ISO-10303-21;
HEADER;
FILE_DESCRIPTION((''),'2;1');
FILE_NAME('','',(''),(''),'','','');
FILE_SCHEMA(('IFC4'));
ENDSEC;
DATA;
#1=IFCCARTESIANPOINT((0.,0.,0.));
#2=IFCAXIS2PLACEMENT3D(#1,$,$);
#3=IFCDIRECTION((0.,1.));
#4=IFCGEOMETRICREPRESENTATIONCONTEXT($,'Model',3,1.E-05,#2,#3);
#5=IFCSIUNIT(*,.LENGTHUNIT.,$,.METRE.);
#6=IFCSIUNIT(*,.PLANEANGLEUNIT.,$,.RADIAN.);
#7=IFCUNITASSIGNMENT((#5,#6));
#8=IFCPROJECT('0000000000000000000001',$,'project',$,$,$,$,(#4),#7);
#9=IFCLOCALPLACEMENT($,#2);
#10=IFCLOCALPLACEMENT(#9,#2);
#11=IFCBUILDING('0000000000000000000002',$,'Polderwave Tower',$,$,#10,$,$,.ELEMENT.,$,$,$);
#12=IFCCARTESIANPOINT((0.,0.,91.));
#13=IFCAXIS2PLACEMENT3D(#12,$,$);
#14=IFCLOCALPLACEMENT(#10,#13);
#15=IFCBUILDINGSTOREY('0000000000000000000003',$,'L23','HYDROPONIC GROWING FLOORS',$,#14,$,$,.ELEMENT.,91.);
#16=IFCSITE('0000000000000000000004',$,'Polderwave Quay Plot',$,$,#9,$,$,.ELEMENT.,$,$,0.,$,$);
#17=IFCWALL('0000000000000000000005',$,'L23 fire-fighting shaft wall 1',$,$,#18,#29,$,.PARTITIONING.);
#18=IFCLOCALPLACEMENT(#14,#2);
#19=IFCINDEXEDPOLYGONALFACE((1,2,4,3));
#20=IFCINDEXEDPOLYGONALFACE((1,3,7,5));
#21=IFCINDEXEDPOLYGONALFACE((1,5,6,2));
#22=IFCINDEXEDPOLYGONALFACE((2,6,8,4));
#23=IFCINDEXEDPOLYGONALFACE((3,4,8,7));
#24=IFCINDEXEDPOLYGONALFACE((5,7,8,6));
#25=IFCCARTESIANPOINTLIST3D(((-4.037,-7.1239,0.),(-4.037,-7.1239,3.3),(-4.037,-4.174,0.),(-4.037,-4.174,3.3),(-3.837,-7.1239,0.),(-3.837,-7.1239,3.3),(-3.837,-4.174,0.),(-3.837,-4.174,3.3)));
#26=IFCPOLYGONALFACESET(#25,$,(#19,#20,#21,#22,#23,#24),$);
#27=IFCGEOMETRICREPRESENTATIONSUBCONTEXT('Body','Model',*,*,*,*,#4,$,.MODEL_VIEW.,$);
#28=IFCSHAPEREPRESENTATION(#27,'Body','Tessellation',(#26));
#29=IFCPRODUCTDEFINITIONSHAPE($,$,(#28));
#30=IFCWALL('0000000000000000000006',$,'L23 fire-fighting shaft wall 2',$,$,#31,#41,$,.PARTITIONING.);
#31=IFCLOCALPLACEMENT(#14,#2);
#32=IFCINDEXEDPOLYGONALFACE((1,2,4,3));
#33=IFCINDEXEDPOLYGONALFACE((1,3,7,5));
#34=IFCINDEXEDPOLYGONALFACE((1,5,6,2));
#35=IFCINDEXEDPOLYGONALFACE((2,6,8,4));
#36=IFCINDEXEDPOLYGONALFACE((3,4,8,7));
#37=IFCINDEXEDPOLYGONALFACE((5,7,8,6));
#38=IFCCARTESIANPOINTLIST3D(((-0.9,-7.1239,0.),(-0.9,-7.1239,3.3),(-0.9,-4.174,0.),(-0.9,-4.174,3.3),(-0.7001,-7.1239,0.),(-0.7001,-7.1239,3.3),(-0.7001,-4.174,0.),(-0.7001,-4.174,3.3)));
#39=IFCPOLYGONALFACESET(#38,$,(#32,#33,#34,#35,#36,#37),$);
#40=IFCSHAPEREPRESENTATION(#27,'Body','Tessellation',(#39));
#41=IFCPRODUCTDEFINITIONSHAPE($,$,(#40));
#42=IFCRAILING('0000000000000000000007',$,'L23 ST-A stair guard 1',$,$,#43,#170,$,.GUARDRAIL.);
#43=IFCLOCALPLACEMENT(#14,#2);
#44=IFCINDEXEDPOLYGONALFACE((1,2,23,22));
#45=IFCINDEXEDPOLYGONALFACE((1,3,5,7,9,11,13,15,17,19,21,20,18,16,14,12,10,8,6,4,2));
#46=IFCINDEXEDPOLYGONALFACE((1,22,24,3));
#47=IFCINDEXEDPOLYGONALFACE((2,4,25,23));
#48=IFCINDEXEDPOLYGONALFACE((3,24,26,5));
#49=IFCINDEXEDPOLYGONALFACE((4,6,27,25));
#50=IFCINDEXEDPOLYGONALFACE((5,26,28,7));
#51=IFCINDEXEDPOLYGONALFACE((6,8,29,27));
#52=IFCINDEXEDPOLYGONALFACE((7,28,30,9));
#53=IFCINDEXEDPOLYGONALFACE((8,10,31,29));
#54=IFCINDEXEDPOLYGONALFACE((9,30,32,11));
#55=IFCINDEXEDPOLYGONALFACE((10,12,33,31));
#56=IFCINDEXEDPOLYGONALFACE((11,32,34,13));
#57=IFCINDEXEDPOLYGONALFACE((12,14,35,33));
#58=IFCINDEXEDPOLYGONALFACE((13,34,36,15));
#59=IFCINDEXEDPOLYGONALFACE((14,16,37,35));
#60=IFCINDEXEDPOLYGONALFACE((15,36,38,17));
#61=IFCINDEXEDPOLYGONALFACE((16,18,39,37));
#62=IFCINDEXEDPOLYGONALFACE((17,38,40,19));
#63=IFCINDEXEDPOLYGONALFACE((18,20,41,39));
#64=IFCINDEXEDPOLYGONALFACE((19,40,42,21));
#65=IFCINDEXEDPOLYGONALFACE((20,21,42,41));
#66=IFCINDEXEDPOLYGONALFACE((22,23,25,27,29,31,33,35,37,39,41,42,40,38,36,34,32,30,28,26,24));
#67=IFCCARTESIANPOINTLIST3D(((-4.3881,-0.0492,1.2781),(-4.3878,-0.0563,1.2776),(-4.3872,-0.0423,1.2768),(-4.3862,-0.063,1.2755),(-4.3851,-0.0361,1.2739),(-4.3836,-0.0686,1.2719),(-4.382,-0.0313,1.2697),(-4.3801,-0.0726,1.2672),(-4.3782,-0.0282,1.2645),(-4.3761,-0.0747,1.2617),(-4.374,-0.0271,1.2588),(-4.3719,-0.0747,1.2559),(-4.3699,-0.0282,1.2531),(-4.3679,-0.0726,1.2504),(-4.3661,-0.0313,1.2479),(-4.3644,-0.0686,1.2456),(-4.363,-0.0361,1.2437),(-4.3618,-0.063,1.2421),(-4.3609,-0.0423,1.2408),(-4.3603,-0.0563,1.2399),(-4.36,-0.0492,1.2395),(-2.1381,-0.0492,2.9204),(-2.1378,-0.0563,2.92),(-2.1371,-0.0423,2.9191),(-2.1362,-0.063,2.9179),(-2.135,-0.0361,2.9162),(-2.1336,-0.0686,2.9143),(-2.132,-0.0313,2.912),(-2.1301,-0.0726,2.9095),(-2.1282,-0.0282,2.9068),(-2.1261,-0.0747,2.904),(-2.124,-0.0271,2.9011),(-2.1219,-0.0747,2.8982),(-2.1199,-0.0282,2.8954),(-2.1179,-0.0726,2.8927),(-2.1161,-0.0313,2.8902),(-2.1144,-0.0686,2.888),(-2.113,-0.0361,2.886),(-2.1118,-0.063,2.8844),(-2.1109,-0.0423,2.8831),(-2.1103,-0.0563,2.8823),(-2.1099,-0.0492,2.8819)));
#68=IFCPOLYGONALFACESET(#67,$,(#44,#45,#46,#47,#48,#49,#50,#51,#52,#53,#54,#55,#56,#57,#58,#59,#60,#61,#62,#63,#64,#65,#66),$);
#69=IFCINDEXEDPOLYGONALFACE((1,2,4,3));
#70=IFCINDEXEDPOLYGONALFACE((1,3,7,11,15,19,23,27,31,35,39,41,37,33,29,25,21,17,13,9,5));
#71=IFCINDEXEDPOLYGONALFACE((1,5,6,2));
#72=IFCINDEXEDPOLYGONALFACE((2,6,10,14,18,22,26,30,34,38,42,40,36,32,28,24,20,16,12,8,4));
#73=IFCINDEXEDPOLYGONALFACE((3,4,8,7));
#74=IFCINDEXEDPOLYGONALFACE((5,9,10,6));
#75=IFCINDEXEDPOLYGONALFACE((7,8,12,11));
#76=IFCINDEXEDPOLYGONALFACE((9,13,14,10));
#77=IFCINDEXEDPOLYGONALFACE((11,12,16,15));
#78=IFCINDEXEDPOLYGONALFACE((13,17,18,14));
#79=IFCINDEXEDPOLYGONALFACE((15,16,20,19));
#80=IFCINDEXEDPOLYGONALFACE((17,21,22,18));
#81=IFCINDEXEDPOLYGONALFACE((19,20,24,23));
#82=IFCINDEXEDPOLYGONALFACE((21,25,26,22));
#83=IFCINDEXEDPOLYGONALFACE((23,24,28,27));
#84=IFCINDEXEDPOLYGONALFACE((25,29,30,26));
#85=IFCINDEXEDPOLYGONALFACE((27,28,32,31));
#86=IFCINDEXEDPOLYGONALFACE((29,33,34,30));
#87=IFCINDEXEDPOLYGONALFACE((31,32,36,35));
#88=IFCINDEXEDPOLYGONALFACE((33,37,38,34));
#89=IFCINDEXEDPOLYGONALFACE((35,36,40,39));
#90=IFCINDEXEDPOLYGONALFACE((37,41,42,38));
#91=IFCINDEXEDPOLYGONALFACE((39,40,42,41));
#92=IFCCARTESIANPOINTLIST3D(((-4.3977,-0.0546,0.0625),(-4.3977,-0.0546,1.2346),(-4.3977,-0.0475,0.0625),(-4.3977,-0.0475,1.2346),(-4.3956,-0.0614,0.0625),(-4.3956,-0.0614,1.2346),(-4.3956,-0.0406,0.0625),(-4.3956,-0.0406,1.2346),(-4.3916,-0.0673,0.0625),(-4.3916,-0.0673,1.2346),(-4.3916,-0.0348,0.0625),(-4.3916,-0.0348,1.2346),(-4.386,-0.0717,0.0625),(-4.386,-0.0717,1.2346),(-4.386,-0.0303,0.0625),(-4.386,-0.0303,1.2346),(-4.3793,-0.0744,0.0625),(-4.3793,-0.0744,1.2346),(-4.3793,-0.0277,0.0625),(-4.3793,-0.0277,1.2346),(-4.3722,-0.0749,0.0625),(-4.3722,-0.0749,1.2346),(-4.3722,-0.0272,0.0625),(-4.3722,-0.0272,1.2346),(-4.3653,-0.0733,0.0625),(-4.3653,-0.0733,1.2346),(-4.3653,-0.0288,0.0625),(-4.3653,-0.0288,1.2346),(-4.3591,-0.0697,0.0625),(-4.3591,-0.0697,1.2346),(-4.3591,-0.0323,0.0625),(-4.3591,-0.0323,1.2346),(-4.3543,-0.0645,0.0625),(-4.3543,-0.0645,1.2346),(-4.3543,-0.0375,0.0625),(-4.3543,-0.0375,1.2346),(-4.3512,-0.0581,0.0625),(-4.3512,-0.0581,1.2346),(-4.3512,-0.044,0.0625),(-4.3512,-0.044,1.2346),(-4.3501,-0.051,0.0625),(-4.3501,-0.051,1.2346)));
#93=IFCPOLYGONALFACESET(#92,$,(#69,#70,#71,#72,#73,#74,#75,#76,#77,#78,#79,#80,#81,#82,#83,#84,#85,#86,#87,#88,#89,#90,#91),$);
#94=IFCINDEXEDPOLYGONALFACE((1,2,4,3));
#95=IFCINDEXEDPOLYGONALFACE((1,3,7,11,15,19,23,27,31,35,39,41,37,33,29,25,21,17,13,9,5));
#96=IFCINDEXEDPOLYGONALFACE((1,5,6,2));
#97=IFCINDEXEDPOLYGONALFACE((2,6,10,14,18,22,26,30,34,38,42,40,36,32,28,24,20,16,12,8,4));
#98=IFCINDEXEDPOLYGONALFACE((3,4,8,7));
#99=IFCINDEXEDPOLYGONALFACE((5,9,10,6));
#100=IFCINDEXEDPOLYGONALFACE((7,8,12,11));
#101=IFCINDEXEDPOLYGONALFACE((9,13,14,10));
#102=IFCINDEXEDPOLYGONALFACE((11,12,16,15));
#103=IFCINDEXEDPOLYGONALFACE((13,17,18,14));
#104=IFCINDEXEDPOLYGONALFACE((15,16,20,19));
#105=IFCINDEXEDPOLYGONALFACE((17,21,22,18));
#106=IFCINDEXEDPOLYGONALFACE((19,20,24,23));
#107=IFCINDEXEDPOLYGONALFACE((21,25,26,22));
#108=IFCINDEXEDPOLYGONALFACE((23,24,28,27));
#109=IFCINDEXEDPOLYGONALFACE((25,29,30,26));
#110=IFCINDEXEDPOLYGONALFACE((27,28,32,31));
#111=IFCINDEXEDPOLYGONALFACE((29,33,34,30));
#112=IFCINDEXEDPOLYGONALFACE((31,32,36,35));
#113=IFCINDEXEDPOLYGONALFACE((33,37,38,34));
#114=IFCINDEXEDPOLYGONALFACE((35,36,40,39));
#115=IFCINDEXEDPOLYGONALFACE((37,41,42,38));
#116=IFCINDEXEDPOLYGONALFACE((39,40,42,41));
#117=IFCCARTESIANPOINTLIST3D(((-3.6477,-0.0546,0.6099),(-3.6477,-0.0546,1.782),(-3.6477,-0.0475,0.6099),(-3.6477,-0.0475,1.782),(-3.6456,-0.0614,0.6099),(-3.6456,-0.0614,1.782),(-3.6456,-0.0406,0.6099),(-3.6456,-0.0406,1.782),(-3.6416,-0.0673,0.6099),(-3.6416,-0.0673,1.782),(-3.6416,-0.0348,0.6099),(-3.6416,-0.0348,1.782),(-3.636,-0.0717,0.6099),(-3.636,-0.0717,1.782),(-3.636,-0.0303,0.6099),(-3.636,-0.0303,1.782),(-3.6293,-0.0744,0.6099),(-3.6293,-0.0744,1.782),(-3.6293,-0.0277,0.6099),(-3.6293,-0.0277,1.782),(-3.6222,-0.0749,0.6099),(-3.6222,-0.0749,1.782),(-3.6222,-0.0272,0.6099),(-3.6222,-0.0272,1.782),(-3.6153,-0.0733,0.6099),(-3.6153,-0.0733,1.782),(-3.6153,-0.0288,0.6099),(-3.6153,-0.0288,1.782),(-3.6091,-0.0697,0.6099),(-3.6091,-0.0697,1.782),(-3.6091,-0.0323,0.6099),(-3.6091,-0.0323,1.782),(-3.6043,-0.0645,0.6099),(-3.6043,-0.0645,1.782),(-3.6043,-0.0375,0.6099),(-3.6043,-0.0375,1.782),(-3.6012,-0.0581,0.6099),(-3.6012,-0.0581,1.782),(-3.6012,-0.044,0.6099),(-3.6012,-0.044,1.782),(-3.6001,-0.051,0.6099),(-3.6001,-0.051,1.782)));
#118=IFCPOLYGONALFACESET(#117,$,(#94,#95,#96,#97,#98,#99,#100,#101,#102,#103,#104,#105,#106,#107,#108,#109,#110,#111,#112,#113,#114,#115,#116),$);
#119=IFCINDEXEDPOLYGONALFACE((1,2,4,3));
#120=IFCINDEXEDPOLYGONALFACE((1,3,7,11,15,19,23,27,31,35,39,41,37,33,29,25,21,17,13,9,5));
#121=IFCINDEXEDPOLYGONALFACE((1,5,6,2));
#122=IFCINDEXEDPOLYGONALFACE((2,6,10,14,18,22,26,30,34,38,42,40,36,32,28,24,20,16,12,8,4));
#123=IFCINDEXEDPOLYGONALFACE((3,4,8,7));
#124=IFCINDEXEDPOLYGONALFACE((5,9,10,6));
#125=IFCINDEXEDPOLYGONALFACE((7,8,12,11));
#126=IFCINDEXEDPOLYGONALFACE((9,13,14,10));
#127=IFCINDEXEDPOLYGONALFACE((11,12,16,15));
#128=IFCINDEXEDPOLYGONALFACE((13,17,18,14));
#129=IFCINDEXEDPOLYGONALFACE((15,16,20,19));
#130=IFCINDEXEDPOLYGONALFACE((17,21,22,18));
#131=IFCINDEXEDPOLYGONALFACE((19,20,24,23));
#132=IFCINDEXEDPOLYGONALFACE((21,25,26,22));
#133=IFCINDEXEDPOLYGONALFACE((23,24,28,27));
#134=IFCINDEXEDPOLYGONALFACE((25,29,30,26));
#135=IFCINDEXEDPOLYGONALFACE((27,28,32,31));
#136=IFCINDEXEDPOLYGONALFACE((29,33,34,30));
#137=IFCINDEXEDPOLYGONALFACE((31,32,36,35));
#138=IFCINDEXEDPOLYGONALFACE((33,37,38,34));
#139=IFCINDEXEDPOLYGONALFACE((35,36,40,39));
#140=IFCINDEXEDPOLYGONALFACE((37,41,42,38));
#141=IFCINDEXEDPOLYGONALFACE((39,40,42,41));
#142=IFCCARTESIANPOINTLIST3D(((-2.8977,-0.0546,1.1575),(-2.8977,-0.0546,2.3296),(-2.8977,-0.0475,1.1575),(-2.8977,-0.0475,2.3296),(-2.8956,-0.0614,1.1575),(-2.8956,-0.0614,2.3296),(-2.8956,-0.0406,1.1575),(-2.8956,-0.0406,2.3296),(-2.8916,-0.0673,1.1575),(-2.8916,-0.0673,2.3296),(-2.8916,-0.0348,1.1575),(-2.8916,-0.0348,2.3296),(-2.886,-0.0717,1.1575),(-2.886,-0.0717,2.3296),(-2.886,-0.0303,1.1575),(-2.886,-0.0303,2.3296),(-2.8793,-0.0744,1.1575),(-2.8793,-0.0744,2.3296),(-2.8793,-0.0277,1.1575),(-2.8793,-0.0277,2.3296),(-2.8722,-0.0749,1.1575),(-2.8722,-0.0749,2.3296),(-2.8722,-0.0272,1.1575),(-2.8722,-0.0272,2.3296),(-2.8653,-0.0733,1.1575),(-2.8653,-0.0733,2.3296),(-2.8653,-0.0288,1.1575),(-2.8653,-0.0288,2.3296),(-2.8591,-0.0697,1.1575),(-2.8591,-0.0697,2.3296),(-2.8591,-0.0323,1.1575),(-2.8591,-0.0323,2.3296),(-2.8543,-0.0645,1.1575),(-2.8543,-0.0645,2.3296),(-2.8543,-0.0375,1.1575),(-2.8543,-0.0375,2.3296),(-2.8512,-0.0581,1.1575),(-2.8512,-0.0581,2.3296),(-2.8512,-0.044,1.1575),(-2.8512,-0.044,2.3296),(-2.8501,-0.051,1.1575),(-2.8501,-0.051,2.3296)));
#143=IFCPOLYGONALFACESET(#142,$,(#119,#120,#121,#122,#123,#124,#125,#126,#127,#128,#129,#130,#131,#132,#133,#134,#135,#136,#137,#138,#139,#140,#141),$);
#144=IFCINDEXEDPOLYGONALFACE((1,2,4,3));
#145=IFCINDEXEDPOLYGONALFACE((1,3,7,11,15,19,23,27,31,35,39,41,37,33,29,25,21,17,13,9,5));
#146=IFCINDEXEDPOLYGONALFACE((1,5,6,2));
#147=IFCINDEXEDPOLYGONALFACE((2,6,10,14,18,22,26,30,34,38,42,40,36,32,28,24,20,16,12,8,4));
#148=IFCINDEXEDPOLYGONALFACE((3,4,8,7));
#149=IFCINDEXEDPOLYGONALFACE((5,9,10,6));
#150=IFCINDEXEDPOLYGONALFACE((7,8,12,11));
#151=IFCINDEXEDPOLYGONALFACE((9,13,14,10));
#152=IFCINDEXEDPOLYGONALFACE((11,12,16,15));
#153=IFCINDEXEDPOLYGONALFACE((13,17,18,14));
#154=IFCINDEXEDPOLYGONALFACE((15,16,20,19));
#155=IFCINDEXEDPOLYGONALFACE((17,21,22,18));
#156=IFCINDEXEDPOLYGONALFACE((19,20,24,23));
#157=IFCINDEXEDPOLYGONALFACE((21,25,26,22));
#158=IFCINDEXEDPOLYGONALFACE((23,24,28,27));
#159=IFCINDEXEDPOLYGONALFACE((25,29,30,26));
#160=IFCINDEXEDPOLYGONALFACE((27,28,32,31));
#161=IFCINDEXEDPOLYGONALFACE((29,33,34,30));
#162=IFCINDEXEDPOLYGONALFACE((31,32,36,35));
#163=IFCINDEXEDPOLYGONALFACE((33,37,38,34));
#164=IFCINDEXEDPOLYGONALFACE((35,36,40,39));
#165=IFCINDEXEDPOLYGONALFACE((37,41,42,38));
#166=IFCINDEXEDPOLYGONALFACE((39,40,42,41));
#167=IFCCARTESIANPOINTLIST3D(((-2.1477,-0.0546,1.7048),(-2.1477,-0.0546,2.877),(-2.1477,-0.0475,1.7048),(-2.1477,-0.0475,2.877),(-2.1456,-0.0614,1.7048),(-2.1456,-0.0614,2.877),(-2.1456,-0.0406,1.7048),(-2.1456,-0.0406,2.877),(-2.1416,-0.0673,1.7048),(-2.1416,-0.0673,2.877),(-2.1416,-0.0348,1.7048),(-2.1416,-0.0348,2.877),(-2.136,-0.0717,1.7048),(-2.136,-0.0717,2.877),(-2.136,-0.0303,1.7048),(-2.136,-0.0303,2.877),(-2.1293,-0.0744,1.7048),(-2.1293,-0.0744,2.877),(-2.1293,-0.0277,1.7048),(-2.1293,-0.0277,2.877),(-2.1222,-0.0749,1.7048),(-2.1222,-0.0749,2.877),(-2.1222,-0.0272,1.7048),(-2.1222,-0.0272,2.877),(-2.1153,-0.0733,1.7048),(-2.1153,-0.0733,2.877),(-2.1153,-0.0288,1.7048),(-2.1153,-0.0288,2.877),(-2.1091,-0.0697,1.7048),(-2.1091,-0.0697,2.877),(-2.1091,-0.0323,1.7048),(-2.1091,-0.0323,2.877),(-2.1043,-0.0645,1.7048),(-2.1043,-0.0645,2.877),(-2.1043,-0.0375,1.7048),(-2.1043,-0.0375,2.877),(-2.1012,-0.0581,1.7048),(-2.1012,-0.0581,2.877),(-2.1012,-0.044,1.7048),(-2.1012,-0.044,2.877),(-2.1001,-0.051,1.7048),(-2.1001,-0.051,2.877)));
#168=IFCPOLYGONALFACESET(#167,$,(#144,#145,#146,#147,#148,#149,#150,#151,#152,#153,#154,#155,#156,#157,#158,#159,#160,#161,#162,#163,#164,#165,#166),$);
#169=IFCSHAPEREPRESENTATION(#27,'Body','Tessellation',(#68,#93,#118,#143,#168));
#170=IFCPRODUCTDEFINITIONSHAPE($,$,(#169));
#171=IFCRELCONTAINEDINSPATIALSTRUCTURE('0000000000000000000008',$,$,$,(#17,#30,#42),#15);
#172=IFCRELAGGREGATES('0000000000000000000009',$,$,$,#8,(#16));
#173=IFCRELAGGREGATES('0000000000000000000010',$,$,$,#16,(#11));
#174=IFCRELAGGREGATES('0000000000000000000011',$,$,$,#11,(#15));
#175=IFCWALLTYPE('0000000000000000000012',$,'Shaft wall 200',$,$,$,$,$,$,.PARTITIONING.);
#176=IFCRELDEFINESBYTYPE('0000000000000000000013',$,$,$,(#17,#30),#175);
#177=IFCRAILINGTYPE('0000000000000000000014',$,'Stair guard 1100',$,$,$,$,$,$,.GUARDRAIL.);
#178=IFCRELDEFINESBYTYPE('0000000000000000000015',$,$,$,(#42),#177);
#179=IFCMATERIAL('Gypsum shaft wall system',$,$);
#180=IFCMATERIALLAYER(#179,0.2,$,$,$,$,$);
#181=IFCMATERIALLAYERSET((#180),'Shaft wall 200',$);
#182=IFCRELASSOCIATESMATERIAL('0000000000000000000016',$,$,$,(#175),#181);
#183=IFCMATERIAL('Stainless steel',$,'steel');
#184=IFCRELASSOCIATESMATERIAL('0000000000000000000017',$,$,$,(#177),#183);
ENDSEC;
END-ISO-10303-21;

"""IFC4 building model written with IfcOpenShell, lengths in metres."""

from ifc_helpers import new_model, si_unit, direction, frame, frame_2d, origin, origin_2d, place, context, subcontext, project, spatial, rectangle, circle, extrude, material, layer, layer_set, type_object, element, save


model = new_model("IFC4")

# Units and contexts
model_context = context("Model", 3, precision=1e-05, world=origin(), true_north=direction((0.0, 1.0)))
body_context = subcontext(model_context, "Body", "Model", "MODEL_VIEW")
ifc_project = project(units=[si_unit("LENGTHUNIT", "METRE"), si_unit("PLANEANGLEUNIT", "RADIAN")], contexts=[model_context])

# Site, building, storey
site_placement = place(None, origin())
site = spatial("IfcSite", under=ifc_project, at=site_placement, Name="Polderwave Quay Plot", CompositionType="ELEMENT", RefElevation=0.0)
building_placement = place(site_placement, origin())
building = spatial("IfcBuilding", under=site, at=building_placement, Name="Polderwave Tower", CompositionType="ELEMENT")
storey_placement = place(building_placement, frame((0.0, 0.0, 91.0)))
storey = spatial("IfcBuildingStorey", under=building, at=storey_placement, Name="L23", Description="HYDROPONIC GROWING FLOORS", CompositionType="ELEMENT", Elevation=91.0)

# Walls
ifc_material_1 = material(Name="Gypsum shaft wall system")
ifc_layer_1 = layer(ifc_material_1, 0.2)
ifc_layer_set_1 = layer_set([ifc_layer_1], Name="Shaft wall 200")
wall_type_1 = type_object("IfcWallType", Name="Shaft wall 200", PredefinedType="PARTITIONING", material=ifc_layer_set_1)
for number, where, z_axis, x_axis, name in (
    (1, (-3.937, -7.124, 0.0), (0.0, 0.0, 1.0), (0.0, 1.0, 0.0), "L23 fire-fighting shaft wall 1"),
    (2, (-0.8, -7.124, 0.0), (0.0, 0.0, 1.0), (0.0, 1.0, 0.0), "L23 fire-fighting shaft wall 2"),
):
    element("IfcWall", number, at=place(storey_placement, frame(where, z_axis=z_axis, x_axis=x_axis)), inside=storey, type_object=wall_type_1, Name=name, PredefinedType="PARTITIONING", context=body_context, shape_type="SweptSolid", body=[
        extrude(rectangle(XDim=2.95, YDim=0.2, at=frame_2d((1.4751, 0.0))), origin(), (0.0, 0.0, 1.0), 3.3),
    ])

# Railing
ifc_material_2 = material(Name="Stainless steel", Category="steel")
railing_type = type_object("IfcRailingType", Name="Stair guard 1100", PredefinedType="GUARDRAIL", material=ifc_material_2)
railing_1_placement = place(storey_placement, frame((-4.374, -0.051, 0.0625)))
element("IfcRailing", 3, at=railing_1_placement, inside=storey, type_object=railing_type, Name="L23 ST-A stair guard 1", PredefinedType="GUARDRAIL", context=body_context, shape_type="SweptSolid", body=[
    extrude(circle(Radius=0.0239, at=origin_2d()), frame((0.0, 0.0, 1.1963), z_axis=(0.807715, 0.0, 0.589573), x_axis=(0.0, 1.0, 0.0)), (0.0, 0.0, 1.0), 2.7856),
    extrude(circle(Radius=0.0239, at=origin_2d()), origin(), (0.0, 0.0, 1.0), 1.1721),
    extrude(circle(Radius=0.0239, at=origin_2d()), frame((0.75, 0.0, 0.5474)), (0.0, 0.0, 1.0), 1.1721),
    extrude(circle(Radius=0.0239, at=origin_2d()), frame((1.5, 0.0, 1.095)), (0.0, 0.0, 1.0), 1.1721),
    extrude(circle(Radius=0.0239, at=origin_2d()), frame((2.25, 0.0, 1.6423)), (0.0, 0.0, 1.0), 1.1721),
])

save(model, "model.ifc")
